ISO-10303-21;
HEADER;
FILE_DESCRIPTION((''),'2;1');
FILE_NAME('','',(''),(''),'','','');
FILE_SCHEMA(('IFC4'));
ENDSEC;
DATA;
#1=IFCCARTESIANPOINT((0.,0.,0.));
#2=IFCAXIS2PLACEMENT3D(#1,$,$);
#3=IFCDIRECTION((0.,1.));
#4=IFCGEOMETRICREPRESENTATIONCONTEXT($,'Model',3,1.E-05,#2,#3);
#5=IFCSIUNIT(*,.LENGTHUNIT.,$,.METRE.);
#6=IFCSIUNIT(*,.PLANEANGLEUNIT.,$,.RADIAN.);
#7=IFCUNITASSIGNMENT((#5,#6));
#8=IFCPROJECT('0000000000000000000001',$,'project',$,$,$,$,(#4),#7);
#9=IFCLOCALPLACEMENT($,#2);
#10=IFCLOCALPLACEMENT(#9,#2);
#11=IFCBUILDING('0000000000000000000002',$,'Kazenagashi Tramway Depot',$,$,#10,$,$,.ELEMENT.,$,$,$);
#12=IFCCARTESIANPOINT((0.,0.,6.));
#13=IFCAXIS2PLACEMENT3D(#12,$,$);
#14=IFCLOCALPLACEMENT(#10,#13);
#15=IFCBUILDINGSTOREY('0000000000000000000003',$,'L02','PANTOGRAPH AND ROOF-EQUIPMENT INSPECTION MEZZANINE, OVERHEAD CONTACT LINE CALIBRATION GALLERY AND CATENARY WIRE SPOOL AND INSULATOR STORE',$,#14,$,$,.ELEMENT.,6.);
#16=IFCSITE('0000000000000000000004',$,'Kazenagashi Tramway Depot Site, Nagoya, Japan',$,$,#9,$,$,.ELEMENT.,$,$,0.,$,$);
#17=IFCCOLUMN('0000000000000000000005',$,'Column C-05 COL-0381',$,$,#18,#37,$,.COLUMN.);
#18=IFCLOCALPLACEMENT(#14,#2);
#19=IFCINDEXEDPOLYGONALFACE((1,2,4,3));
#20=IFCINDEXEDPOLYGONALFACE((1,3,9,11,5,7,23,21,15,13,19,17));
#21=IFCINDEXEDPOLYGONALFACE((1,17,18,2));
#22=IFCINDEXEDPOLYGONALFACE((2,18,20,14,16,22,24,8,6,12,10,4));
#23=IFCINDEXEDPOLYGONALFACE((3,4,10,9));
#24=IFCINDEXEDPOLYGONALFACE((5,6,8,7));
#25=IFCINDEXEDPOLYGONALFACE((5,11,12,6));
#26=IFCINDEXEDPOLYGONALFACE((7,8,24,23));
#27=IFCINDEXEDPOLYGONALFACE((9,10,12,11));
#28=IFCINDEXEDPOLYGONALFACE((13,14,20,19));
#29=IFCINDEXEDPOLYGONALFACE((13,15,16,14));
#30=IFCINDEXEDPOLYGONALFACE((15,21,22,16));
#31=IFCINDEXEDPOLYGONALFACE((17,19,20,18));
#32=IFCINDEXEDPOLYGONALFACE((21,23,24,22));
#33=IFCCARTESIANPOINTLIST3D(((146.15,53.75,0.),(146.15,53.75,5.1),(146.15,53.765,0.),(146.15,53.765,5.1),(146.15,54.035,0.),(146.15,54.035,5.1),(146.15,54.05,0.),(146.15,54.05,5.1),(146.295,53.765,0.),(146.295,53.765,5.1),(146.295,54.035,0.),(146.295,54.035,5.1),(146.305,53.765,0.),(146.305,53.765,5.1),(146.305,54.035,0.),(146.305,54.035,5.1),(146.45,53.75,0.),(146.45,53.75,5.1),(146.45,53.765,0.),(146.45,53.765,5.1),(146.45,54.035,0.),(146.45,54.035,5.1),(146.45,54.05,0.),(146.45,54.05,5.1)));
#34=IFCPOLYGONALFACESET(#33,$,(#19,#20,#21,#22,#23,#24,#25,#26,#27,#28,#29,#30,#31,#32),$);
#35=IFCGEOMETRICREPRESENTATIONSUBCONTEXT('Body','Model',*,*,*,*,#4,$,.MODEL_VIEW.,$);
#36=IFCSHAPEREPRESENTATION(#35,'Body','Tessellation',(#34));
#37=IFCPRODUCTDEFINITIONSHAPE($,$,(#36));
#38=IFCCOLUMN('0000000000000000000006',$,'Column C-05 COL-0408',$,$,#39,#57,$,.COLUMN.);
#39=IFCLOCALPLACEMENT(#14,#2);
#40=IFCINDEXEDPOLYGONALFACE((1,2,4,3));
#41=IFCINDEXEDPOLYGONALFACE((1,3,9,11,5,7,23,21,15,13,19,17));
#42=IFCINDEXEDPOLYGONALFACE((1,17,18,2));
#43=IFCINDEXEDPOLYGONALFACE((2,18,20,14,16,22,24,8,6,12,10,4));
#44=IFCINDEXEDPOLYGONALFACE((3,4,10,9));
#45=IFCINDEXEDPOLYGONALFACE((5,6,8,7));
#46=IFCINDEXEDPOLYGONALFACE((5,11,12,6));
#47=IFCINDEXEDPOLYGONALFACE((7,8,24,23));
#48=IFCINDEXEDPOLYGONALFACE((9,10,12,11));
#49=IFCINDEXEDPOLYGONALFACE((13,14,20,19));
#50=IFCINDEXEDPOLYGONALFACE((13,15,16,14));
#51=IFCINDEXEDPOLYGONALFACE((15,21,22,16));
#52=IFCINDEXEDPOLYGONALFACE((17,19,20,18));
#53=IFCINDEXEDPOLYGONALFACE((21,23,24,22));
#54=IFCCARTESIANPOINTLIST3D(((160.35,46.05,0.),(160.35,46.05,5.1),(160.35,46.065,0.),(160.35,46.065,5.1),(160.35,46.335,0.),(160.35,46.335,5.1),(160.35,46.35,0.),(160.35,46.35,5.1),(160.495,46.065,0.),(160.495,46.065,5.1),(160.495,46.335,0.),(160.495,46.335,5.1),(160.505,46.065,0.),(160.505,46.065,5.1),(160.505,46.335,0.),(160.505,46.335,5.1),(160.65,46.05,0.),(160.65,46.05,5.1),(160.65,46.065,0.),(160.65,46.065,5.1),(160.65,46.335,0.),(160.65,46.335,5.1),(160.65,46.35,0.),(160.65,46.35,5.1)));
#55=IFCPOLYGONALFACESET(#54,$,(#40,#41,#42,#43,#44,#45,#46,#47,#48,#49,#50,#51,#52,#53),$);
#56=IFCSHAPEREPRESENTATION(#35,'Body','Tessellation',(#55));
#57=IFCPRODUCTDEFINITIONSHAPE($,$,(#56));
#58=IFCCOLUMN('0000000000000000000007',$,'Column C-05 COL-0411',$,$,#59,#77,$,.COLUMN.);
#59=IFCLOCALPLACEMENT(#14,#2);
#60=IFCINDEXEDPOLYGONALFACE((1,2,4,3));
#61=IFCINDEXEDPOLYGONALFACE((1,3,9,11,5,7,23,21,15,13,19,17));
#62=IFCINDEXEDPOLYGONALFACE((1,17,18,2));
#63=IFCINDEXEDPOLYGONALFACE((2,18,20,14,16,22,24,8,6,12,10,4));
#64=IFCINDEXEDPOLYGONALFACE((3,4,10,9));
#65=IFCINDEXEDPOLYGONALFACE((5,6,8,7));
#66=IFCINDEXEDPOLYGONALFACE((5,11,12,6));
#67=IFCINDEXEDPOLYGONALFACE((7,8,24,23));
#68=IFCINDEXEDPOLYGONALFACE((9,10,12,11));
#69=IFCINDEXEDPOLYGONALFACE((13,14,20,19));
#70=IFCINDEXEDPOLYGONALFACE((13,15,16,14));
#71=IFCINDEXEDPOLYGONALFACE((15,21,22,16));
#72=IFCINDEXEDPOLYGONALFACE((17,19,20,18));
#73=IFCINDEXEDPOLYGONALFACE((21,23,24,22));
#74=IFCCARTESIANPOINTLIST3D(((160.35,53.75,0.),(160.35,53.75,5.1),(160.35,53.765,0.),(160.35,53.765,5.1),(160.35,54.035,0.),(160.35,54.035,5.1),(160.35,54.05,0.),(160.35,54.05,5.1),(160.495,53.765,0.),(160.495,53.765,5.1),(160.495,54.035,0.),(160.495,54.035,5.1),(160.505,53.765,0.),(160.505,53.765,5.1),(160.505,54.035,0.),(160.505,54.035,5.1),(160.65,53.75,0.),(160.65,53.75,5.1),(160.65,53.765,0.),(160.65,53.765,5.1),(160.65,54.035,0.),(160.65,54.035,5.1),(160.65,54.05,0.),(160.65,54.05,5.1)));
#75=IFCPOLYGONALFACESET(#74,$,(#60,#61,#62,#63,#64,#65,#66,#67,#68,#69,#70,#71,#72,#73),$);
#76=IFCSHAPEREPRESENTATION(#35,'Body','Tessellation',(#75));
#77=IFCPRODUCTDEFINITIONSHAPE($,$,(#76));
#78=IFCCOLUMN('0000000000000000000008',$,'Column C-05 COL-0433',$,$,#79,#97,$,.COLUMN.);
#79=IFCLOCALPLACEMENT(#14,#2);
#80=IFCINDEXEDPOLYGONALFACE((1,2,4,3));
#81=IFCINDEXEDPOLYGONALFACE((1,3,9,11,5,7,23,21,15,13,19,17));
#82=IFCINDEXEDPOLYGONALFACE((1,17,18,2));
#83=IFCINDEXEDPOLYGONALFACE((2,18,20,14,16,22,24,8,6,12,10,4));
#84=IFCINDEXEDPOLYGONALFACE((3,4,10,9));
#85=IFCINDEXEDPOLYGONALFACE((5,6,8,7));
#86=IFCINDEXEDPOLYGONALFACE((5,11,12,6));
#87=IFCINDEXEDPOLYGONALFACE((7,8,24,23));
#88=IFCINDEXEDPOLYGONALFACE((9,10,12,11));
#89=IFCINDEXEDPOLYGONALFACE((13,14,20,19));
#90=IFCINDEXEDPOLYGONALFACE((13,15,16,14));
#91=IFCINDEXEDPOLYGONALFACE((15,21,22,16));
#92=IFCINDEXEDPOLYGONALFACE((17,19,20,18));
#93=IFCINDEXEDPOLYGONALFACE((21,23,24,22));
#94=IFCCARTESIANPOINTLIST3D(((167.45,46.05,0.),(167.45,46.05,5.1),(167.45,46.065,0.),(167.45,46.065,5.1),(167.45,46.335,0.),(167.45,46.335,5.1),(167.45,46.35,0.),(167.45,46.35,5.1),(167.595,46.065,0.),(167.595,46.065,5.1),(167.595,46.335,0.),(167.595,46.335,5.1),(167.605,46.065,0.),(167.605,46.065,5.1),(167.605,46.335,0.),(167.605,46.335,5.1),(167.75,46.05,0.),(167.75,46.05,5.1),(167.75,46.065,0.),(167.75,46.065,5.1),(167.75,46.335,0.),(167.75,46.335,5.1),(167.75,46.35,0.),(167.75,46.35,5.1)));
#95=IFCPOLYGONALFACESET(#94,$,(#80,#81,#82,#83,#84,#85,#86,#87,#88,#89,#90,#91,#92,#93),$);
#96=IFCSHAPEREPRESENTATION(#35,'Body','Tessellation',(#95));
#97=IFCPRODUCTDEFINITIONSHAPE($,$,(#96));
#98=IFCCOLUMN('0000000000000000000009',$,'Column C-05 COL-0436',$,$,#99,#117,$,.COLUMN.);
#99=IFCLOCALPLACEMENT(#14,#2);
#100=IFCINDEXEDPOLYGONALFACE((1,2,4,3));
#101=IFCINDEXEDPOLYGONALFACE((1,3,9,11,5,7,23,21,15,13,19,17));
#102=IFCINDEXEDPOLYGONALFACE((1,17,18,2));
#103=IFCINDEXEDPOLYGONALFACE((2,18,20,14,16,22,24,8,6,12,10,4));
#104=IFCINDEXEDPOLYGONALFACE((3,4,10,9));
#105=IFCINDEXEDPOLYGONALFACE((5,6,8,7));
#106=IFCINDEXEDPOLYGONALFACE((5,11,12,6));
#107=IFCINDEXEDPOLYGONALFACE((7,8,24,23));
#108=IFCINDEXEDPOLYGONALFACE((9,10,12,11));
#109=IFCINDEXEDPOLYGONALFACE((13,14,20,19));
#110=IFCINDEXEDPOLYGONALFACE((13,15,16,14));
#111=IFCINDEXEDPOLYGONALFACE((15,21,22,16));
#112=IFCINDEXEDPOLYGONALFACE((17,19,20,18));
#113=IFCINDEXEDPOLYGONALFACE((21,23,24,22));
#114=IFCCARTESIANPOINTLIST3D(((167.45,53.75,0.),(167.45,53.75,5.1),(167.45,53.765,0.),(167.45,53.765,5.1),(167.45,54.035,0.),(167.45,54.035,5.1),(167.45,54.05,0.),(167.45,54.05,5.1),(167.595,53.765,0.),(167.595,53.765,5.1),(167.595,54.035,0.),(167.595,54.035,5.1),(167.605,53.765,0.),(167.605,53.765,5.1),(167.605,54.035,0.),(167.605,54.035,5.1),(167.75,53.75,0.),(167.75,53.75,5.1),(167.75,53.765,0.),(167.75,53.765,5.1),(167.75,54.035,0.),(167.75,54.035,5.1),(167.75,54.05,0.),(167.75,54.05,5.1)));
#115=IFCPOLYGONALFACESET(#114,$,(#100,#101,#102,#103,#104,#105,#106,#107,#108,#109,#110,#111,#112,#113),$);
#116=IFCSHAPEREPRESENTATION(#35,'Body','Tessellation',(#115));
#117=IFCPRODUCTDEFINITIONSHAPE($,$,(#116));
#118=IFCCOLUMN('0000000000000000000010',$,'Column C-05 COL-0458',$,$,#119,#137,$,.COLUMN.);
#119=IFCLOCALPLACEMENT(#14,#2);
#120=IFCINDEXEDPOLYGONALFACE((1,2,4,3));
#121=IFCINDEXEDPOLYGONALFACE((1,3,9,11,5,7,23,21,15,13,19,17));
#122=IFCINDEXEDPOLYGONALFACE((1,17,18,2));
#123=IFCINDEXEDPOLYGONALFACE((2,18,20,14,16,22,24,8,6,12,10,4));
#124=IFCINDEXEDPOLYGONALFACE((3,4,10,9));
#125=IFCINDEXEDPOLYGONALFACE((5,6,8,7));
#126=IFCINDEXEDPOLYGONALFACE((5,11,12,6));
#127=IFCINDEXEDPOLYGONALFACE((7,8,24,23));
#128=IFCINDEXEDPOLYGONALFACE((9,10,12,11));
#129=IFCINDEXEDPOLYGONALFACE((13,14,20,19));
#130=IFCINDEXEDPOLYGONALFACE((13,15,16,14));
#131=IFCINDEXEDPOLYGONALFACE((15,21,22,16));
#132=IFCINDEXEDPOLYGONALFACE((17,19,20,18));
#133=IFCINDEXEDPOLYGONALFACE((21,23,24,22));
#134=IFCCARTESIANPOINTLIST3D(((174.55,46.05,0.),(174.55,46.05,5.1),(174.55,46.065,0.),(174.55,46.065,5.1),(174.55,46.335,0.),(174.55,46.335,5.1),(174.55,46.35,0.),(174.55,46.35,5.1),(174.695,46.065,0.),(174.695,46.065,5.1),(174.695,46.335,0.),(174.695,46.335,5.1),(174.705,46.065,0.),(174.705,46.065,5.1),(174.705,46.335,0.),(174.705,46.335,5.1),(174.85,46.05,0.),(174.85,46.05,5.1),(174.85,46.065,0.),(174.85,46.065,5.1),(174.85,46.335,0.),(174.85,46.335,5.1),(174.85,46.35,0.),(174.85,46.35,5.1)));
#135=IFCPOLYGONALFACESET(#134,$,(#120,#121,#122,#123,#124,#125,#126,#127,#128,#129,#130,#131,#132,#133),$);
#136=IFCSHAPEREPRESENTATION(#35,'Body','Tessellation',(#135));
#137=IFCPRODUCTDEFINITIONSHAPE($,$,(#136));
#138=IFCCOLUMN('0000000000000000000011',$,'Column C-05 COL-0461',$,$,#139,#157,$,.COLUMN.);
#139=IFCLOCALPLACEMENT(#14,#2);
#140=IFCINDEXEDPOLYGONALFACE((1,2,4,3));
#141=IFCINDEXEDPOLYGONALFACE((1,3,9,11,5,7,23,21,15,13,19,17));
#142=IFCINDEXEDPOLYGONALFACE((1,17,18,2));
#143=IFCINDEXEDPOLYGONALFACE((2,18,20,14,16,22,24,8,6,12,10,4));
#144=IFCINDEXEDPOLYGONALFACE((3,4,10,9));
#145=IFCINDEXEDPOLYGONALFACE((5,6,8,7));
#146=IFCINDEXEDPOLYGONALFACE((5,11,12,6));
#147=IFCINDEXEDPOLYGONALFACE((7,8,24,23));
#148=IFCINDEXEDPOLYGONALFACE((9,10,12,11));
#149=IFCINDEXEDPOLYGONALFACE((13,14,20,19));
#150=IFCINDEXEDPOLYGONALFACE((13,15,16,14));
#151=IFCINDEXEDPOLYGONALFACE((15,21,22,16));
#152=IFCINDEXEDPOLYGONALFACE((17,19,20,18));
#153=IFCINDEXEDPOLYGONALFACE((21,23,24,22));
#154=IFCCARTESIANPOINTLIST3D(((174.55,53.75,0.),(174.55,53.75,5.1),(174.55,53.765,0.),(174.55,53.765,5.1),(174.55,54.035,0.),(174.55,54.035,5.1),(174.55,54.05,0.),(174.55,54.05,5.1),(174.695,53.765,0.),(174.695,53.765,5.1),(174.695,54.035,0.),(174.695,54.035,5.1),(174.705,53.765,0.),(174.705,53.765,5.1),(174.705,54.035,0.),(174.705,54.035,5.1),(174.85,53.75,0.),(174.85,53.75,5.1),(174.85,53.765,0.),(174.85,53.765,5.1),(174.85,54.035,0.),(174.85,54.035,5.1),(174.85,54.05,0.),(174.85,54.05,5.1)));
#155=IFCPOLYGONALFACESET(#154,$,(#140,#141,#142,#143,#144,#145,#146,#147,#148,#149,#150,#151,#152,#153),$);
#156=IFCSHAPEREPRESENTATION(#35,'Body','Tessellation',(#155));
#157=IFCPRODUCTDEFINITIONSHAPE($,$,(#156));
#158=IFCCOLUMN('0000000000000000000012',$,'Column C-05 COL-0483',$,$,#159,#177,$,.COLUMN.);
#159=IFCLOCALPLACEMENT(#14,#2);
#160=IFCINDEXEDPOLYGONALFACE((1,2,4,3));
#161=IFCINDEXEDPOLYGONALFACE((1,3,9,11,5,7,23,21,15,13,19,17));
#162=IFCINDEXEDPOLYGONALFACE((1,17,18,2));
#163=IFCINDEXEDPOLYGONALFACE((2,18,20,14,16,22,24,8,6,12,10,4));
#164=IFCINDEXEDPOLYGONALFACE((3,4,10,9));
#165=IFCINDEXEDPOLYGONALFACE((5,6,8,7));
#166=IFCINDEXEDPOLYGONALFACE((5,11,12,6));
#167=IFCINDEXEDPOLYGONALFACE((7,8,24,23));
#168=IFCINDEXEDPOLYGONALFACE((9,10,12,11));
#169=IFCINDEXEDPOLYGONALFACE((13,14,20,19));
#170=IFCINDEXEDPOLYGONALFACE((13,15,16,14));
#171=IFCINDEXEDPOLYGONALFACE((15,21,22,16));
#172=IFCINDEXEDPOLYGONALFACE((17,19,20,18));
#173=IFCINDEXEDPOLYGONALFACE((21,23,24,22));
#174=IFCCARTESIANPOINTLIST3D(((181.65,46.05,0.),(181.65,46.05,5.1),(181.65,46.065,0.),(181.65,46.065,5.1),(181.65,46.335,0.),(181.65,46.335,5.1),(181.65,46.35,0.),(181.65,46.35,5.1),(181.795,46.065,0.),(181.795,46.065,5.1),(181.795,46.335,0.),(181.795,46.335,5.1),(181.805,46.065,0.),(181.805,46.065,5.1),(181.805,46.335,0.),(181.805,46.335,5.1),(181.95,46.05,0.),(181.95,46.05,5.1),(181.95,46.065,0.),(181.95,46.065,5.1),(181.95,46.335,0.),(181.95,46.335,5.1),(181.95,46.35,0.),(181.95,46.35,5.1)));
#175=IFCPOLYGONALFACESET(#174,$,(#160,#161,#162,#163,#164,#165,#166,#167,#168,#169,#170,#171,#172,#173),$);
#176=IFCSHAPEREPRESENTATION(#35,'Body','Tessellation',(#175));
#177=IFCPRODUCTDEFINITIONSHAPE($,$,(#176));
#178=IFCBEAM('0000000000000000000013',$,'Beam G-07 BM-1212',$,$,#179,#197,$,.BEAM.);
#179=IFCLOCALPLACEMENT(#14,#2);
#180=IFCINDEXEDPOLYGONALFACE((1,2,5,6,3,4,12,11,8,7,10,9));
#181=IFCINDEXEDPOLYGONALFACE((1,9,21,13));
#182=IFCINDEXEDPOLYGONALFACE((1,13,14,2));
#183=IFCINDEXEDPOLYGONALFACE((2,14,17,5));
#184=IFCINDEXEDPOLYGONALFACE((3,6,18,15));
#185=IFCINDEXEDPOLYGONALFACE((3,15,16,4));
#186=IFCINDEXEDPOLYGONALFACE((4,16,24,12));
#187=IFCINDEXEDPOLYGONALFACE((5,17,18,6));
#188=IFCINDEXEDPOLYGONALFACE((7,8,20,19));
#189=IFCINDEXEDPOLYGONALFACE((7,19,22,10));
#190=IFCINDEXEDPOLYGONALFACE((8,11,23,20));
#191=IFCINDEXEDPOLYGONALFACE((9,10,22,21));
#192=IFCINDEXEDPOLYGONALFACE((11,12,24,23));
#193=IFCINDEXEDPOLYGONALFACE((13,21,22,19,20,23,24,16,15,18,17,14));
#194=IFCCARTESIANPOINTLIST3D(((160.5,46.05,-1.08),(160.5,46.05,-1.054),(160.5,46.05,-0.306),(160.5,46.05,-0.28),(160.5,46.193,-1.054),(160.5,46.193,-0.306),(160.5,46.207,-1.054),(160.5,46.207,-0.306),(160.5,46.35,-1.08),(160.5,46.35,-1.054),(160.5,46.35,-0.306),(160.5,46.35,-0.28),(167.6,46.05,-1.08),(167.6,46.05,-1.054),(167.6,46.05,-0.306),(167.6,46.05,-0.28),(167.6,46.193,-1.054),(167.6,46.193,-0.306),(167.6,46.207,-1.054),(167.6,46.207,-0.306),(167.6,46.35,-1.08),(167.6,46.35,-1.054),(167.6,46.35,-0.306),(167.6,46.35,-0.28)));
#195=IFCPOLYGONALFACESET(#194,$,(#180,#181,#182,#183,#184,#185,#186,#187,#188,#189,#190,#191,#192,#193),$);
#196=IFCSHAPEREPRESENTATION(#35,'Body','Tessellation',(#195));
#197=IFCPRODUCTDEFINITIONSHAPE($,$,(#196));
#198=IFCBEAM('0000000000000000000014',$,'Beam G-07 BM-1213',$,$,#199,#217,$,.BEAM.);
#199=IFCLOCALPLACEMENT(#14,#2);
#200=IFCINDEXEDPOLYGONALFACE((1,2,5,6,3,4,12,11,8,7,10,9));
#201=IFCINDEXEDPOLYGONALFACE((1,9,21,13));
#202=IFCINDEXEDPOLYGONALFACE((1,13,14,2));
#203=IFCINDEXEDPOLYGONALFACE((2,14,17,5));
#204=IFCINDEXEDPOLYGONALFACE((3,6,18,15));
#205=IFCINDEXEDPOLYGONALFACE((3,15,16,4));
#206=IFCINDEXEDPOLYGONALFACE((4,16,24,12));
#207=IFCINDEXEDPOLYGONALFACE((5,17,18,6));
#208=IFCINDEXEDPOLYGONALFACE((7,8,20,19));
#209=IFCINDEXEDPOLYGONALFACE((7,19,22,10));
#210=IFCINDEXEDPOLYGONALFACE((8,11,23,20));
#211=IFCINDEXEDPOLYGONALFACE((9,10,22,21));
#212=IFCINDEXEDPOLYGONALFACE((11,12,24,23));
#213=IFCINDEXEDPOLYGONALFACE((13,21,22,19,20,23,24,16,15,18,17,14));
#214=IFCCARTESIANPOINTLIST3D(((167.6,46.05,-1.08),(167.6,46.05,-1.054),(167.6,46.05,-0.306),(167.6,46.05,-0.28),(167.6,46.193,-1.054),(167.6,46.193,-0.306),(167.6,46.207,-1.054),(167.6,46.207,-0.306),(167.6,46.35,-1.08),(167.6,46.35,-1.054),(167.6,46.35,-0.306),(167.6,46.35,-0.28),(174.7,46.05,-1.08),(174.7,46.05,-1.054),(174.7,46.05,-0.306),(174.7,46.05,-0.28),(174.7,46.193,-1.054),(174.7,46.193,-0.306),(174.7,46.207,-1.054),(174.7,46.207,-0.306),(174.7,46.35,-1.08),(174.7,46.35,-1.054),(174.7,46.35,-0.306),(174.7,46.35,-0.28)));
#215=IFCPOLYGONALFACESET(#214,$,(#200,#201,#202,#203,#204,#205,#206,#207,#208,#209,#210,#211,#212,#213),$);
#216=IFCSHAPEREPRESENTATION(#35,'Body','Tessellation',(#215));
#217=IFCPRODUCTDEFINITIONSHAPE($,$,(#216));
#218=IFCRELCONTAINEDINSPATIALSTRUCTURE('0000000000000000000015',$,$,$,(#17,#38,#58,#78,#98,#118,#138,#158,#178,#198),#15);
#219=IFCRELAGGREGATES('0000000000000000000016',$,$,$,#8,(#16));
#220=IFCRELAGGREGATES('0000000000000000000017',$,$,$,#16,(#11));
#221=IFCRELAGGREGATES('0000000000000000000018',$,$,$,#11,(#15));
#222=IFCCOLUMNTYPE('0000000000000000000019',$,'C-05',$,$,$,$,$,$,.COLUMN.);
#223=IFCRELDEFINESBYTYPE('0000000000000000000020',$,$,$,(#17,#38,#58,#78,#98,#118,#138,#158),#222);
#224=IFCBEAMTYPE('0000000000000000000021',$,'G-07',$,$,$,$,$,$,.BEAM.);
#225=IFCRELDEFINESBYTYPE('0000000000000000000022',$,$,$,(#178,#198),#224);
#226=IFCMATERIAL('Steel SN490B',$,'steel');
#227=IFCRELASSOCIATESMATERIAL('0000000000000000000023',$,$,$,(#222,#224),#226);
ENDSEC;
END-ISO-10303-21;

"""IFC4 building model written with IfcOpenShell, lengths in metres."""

from ifc_helpers import new_model, si_unit, direction, frame, origin, origin_2d, place, context, subcontext, project, spatial, i_section, extrude, material, material_profile, profile_set, type_object, element, save


model = new_model("IFC4")

# Units and contexts
model_context = context("Model", 3, precision=1e-05, world=origin(), true_north=direction((0.0, 1.0)))
body_context = subcontext(model_context, "Body", "Model", "MODEL_VIEW")
ifc_project = project(units=[si_unit("LENGTHUNIT", "METRE"), si_unit("PLANEANGLEUNIT", "RADIAN")], contexts=[model_context])

# Site, building, storey
site_placement = place(None, origin())
site = spatial("IfcSite", under=ifc_project, at=site_placement, Name="Kazenagashi Tramway Depot Site, Nagoya, Japan", CompositionType="ELEMENT", RefElevation=0.0)
building_placement = place(site_placement, origin())
building = spatial("IfcBuilding", under=site, at=building_placement, Name="Kazenagashi Tramway Depot", CompositionType="ELEMENT")
storey_placement = place(building_placement, frame((0.0, 0.0, 6.0)))
storey = spatial("IfcBuildingStorey", under=building, at=storey_placement, Name="L02", Description="PANTOGRAPH AND ROOF-EQUIPMENT INSPECTION MEZZANINE, OVERHEAD CONTACT LINE CALIBRATION GALLERY AND CATENARY WIRE SPOOL AND INSULATOR STORE", CompositionType="ELEMENT", Elevation=6.0)

# Columns
ifc_material_1 = material(Name="Steel SN490B", Category="steel")
ifc_material_profile_1 = material_profile(ifc_material_1, i_section(OverallWidth=0.3, OverallDepth=0.3, WebThickness=0.01, FlangeThickness=0.015, at=origin_2d()), Name="H-300x300x10x15")
ifc_profile_set_1 = profile_set([ifc_material_profile_1], Name="Steel SN490B")
column_type = type_object("IfcColumnType", Name="C-05", PredefinedType="COLUMN", material=ifc_profile_set_1)
for number, where, z_axis, x_axis, name in (
    (1, (146.3, 53.9, 0.0), (0.0, 0.0, 1.0), (1.0, 0.0, 0.0), "Column C-05 COL-0381"),
    (2, (160.5, 46.2, 0.0), (0.0, 0.0, 1.0), (1.0, 0.0, 0.0), "Column C-05 COL-0408"),
    (3, (160.5, 53.9, 0.0), (0.0, 0.0, 1.0), (1.0, 0.0, 0.0), "Column C-05 COL-0411"),
    (4, (167.6, 46.2, 0.0), (0.0, 0.0, 1.0), (1.0, 0.0, 0.0), "Column C-05 COL-0433"),
    (5, (167.6, 53.9, 0.0), (0.0, 0.0, 1.0), (1.0, 0.0, 0.0), "Column C-05 COL-0436"),
    (6, (174.7, 46.2, 0.0), (0.0, 0.0, 1.0), (1.0, 0.0, 0.0), "Column C-05 COL-0458"),
    (7, (174.7, 53.9, 0.0), (0.0, 0.0, 1.0), (1.0, 0.0, 0.0), "Column C-05 COL-0461"),
    (8, (181.8, 46.2, 0.0), (0.0, 0.0, 1.0), (1.0, 0.0, 0.0), "Column C-05 COL-0483"),
):
    element("IfcColumn", number, at=place(storey_placement, frame(where, z_axis=z_axis, x_axis=x_axis)), inside=storey, type_object=column_type, Name=name, PredefinedType="COLUMN", context=body_context, shape_type="SweptSolid", body=[
        extrude(i_section(OverallWidth=0.3, OverallDepth=0.3, WebThickness=0.01, FlangeThickness=0.015, at=origin_2d()), origin(), (0.0, 0.0, 1.0), 5.1),
    ])

# Beams
ifc_material_profile_2 = material_profile(ifc_material_1, i_section(OverallWidth=0.3, OverallDepth=0.8, WebThickness=0.014, FlangeThickness=0.026, at=origin_2d()), Name="H-800x300x14x26")
ifc_profile_set_2 = profile_set([ifc_material_profile_2], Name="Steel SN490B")
beam_type_1 = type_object("IfcBeamType", Name="G-07", PredefinedType="BEAM", material=ifc_profile_set_2)
for number, where, z_axis, x_axis, name in (
    (9, (160.5, 46.2, -0.68), (1.0, 0.0, 0.0), (0.0, 1.0, 0.0), "Beam G-07 BM-1212"),
    (10, (167.6, 46.2, -0.68), (1.0, 0.0, 0.0), (0.0, 1.0, 0.0), "Beam G-07 BM-1213"),
):
    element("IfcBeam", number, at=place(storey_placement, frame(where, z_axis=z_axis, x_axis=x_axis)), inside=storey, type_object=beam_type_1, Name=name, PredefinedType="BEAM", context=body_context, shape_type="SweptSolid", body=[
        extrude(i_section(OverallWidth=0.3, OverallDepth=0.8, WebThickness=0.014, FlangeThickness=0.026, at=origin_2d()), origin(), (0.0, 0.0, 1.0), 7.1),
    ])

save(model, "model.ifc")
